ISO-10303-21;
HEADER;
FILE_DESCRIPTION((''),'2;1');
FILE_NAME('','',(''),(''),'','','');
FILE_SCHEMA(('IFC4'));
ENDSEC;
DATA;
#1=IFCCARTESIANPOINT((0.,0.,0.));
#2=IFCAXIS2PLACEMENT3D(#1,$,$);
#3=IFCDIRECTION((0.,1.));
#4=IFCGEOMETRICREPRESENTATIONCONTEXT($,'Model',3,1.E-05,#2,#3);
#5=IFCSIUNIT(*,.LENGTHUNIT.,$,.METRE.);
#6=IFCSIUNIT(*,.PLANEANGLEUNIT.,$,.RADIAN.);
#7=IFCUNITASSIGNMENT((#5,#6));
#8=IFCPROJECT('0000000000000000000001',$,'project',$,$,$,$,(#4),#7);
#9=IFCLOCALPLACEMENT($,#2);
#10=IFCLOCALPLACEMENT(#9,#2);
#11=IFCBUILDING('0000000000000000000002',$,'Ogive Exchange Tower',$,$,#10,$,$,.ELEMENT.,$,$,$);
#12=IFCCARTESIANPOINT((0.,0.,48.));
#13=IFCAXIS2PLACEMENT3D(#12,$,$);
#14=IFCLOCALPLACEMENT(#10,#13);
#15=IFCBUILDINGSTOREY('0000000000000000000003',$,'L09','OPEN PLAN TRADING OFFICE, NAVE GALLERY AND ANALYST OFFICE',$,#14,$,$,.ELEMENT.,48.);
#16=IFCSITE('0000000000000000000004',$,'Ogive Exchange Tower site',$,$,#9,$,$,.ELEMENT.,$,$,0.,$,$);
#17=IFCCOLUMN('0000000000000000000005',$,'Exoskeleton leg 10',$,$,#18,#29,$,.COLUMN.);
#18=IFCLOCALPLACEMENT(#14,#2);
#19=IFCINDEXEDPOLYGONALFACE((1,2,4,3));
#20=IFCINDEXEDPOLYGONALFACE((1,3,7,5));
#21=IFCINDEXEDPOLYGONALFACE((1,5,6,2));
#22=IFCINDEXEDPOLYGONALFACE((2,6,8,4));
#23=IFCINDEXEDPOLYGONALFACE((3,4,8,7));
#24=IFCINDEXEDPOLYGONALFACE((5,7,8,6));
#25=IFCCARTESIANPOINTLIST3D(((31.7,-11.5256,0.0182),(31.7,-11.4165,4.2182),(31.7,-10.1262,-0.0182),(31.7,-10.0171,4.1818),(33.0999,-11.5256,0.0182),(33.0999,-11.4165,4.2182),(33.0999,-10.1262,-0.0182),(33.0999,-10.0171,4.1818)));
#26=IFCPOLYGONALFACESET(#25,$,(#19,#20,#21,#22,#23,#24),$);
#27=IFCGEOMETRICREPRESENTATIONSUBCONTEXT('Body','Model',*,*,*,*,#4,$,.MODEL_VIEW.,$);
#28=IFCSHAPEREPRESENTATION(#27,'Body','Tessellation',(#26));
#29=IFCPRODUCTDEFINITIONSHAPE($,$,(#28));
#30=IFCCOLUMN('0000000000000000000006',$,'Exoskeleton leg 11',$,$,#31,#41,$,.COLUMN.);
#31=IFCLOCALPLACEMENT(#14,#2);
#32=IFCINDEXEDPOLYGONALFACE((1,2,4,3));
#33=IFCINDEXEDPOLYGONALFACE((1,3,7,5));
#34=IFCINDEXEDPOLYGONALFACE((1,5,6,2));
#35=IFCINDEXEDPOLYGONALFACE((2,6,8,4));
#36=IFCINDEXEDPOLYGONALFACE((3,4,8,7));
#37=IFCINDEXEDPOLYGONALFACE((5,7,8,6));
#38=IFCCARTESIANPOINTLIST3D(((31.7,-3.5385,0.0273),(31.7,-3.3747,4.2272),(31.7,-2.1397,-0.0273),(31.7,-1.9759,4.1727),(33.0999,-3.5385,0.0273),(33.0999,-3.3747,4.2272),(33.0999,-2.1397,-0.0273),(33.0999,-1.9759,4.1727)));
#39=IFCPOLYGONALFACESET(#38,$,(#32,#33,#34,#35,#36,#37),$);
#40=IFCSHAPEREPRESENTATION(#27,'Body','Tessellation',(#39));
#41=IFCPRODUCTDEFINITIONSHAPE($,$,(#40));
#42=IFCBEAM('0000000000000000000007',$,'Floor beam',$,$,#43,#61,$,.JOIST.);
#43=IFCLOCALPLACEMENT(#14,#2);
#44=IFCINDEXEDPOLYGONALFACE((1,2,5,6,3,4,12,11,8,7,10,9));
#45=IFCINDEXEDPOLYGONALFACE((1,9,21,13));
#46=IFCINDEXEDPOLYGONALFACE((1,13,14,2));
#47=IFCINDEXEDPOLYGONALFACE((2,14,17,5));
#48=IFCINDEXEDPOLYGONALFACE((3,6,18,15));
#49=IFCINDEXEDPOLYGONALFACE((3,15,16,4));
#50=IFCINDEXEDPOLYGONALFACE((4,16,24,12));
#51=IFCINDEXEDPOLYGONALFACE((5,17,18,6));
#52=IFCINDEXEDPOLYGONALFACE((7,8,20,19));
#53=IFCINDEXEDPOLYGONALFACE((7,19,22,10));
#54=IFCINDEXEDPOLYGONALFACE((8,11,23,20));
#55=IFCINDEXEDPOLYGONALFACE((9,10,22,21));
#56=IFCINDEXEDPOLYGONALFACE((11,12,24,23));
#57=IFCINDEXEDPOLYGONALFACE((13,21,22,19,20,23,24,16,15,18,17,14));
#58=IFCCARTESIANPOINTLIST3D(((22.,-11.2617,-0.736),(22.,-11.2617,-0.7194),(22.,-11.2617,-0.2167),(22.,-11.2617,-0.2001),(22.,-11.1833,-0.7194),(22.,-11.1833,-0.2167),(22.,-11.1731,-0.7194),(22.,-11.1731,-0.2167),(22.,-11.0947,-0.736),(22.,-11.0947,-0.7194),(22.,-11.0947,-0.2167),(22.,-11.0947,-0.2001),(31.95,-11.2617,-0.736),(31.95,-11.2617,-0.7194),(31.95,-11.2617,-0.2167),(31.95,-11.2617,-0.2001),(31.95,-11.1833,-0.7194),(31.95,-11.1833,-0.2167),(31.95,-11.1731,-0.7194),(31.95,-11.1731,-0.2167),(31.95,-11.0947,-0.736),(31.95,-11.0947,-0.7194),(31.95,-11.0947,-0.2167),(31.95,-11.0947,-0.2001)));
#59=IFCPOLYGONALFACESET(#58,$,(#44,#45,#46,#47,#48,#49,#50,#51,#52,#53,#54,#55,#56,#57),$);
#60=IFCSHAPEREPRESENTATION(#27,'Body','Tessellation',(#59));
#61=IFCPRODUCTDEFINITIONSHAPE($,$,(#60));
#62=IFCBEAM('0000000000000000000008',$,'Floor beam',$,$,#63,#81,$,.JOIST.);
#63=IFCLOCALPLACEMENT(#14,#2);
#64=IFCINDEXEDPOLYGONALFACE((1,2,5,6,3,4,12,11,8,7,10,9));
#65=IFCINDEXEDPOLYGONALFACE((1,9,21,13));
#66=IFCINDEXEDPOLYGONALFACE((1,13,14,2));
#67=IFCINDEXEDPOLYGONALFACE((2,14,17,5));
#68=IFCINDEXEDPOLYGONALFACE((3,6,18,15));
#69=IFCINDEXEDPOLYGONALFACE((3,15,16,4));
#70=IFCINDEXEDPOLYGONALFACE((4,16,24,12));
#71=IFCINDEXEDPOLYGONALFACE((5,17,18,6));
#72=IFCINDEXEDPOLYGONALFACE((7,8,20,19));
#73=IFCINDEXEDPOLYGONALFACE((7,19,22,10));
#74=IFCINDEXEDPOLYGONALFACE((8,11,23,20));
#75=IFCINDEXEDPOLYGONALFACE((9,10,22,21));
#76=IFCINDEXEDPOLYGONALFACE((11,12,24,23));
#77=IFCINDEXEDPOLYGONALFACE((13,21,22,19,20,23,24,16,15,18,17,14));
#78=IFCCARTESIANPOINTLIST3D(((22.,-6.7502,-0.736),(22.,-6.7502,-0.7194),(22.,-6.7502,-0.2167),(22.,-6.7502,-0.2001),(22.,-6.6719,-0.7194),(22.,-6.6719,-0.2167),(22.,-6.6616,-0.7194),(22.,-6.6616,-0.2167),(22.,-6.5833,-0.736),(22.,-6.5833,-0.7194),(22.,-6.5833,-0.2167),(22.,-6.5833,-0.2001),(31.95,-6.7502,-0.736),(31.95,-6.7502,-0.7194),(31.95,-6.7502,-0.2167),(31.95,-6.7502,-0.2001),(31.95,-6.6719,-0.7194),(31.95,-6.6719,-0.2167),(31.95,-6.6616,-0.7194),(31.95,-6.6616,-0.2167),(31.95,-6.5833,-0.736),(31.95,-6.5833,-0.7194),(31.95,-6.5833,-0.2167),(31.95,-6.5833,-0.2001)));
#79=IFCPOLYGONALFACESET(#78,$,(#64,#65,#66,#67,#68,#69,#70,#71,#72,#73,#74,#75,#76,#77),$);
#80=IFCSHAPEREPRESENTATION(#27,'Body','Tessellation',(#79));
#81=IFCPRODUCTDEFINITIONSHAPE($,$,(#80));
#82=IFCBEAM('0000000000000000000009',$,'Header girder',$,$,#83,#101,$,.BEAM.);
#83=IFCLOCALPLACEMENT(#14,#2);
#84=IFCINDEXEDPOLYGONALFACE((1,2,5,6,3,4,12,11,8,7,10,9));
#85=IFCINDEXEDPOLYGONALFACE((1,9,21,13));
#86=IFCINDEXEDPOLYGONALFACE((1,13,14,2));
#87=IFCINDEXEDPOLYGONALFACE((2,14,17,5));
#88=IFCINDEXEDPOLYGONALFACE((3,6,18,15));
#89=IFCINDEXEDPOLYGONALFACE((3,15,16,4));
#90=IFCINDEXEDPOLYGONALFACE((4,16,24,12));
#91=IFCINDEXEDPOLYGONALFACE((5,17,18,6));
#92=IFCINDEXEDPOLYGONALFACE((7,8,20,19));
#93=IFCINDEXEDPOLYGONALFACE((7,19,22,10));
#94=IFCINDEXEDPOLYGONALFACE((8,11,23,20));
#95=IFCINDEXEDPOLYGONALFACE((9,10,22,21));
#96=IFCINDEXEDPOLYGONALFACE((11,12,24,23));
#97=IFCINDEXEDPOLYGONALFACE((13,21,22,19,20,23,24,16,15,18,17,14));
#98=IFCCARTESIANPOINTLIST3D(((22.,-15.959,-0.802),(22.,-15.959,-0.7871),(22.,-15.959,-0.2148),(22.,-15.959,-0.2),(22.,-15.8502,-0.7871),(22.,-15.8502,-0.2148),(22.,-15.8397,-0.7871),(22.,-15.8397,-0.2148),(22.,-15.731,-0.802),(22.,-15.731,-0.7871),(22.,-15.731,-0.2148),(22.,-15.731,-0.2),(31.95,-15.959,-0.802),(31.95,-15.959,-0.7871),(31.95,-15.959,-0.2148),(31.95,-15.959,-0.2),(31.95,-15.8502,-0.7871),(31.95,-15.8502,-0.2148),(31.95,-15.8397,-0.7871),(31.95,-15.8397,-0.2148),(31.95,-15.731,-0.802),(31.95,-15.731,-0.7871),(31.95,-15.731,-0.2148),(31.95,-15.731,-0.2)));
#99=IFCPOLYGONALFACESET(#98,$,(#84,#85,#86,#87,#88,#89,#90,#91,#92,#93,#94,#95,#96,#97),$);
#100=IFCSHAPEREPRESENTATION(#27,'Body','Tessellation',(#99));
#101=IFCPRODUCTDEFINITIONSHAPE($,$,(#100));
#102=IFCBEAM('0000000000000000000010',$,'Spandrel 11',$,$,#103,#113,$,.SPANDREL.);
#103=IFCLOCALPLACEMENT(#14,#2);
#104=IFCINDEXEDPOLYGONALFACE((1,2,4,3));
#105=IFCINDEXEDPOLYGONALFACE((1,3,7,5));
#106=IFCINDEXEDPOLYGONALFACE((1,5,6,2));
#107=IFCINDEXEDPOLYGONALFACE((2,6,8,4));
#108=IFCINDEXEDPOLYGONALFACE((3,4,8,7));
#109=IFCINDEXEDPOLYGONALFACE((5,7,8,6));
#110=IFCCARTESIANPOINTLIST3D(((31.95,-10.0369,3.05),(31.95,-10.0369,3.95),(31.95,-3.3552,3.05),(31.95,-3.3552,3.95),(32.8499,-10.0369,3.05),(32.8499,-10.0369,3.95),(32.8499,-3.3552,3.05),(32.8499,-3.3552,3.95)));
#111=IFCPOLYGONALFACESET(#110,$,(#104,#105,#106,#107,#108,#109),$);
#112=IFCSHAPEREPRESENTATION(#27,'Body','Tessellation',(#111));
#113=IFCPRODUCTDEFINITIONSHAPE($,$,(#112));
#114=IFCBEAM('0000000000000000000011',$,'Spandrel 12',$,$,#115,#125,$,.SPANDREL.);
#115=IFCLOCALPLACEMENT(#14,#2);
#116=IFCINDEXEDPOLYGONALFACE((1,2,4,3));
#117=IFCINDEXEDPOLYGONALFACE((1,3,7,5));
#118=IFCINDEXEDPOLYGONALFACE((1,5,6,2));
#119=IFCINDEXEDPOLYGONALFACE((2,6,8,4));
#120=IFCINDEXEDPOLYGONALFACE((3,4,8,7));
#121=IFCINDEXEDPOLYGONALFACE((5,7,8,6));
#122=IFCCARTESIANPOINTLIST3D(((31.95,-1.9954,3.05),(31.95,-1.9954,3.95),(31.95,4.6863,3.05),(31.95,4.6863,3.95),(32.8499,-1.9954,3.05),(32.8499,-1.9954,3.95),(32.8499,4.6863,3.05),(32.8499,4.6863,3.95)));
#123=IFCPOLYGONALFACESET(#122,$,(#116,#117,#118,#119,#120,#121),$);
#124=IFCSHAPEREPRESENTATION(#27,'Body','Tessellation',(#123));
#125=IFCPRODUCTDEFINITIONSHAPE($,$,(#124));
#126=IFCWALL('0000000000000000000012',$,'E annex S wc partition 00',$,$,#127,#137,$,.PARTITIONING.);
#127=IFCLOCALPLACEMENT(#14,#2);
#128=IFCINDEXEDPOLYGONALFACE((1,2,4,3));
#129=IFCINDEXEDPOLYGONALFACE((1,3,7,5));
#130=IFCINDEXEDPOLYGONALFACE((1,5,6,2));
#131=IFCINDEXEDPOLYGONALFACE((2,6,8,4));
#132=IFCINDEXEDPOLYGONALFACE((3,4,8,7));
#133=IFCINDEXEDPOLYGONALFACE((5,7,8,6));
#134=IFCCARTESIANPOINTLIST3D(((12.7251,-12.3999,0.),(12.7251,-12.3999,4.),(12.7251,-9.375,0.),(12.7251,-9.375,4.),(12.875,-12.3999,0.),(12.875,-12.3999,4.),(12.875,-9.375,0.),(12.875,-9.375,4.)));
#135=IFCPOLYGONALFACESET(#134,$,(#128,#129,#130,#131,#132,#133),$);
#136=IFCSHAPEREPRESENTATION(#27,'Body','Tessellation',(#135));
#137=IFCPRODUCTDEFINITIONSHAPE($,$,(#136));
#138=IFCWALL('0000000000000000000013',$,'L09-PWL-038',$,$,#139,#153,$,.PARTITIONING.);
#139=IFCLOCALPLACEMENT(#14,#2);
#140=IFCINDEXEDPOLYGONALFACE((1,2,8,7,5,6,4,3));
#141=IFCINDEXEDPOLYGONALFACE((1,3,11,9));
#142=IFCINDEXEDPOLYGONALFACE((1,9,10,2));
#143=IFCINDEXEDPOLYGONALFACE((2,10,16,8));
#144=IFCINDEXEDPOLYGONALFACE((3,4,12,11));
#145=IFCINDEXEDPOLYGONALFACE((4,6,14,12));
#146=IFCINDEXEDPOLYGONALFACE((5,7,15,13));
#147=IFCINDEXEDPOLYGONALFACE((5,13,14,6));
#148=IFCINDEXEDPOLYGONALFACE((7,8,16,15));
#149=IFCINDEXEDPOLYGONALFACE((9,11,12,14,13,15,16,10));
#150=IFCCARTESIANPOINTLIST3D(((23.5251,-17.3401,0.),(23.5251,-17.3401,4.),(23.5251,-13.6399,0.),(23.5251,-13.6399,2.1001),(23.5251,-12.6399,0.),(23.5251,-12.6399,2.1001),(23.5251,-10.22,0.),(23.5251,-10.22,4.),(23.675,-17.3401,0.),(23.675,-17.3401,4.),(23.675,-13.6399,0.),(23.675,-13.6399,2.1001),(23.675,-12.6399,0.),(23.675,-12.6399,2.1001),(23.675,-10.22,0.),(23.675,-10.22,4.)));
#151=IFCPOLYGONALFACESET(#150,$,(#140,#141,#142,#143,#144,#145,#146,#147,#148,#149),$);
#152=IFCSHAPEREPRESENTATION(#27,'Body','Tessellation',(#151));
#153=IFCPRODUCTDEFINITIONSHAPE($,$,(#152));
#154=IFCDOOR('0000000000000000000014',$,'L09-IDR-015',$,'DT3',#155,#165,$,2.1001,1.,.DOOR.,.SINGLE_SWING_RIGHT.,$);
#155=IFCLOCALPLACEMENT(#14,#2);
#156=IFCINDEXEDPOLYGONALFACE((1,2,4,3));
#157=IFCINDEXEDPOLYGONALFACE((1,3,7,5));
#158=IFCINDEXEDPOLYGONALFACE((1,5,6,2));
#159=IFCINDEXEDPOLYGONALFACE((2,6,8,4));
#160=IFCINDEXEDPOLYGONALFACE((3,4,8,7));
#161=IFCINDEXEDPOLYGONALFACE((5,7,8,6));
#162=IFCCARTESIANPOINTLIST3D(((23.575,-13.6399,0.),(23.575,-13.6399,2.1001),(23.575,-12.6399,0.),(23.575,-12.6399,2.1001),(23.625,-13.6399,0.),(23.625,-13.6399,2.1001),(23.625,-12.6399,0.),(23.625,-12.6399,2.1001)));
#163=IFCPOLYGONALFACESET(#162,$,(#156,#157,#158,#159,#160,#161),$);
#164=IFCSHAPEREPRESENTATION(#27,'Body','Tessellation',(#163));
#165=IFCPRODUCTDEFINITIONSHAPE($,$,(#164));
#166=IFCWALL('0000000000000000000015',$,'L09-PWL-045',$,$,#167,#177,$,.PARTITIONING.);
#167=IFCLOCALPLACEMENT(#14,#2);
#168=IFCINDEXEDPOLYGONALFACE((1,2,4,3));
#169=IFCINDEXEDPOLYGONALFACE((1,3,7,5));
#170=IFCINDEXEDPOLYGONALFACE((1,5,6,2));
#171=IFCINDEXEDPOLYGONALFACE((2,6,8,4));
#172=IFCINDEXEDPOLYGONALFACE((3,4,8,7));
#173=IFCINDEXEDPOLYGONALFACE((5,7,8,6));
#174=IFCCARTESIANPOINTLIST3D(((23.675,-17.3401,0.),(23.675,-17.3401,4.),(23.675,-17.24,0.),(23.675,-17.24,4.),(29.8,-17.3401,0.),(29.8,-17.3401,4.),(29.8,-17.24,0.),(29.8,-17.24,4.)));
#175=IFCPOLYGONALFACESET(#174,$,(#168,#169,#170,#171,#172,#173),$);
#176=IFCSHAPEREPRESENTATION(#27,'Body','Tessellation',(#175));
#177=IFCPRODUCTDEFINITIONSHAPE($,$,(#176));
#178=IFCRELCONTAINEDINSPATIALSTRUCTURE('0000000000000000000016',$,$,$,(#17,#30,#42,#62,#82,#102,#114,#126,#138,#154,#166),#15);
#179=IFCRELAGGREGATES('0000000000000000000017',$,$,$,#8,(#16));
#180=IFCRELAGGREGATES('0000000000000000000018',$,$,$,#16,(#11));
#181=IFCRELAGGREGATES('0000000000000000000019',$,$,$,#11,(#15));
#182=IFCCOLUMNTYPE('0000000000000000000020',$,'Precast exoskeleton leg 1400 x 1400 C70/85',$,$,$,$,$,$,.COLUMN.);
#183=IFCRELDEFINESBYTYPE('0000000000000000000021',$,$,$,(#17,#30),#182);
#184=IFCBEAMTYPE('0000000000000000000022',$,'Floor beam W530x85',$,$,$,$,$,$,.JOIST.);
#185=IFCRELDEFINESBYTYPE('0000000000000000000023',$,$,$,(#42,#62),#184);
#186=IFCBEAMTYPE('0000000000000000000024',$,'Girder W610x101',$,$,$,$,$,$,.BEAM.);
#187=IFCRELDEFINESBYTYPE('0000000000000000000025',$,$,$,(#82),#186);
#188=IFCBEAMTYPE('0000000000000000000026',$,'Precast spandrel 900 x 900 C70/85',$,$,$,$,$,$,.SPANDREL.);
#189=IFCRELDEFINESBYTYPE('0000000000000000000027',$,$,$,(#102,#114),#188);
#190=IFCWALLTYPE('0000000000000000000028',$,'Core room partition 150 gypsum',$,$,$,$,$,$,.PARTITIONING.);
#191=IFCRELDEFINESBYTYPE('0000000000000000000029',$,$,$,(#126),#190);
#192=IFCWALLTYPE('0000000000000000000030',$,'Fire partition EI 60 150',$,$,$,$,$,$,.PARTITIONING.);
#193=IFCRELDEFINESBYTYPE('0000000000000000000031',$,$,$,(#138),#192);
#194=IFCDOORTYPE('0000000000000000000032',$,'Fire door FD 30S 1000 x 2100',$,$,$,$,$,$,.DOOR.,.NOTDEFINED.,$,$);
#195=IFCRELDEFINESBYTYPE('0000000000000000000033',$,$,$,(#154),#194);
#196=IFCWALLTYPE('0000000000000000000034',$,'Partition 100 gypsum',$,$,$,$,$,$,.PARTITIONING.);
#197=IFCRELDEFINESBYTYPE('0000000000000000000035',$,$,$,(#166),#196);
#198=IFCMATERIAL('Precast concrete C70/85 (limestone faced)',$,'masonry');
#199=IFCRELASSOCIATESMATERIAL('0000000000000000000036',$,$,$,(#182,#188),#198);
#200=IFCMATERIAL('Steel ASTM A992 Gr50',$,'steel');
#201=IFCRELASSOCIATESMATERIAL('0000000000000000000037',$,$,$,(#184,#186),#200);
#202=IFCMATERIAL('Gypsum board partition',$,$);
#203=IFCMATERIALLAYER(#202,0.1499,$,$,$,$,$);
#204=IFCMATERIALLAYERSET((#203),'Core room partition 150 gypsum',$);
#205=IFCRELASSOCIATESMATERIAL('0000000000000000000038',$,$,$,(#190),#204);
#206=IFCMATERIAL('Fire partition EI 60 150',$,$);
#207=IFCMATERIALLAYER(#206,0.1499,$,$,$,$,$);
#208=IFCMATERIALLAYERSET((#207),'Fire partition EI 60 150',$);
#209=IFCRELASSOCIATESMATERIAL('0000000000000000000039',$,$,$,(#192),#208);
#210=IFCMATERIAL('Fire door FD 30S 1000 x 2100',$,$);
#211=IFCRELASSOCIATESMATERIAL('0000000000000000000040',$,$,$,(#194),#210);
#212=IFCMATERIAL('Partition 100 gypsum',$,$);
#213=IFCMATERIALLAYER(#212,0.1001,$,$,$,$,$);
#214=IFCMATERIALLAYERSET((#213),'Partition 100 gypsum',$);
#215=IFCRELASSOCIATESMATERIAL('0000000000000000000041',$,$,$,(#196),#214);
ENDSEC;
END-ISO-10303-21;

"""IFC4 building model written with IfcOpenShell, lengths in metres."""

from ifc_helpers import new_model, si_unit, direction, frame, frame_2d, origin, origin_2d, place, context, subcontext, project, spatial, rectangle, i_section, extrude, material, layer, layer_set, material_profile, profile_set, type_object, element, fill, save


model = new_model("IFC4")

# Units and contexts
model_context = context("Model", 3, precision=1e-05, world=origin(), true_north=direction((0.0, 1.0)))
body_context = subcontext(model_context, "Body", "Model", "MODEL_VIEW")
ifc_project = project(units=[si_unit("LENGTHUNIT", "METRE"), si_unit("PLANEANGLEUNIT", "RADIAN")], contexts=[model_context])

# Site, building, storey
site_placement = place(None, origin())
site = spatial("IfcSite", under=ifc_project, at=site_placement, Name="Ogive Exchange Tower site", CompositionType="ELEMENT", RefElevation=0.0)
building_placement = place(site_placement, origin())
building = spatial("IfcBuilding", under=site, at=building_placement, Name="Ogive Exchange Tower", CompositionType="ELEMENT")
storey_placement = place(building_placement, frame((0.0, 0.0, 48.0)))
storey = spatial("IfcBuildingStorey", under=building, at=storey_placement, Name="L09", Description="OPEN PLAN TRADING OFFICE, NAVE GALLERY AND ANALYST OFFICE", CompositionType="ELEMENT", Elevation=48.0)

# Columns
ifc_material_1 = material(Name="Precast concrete C70/85 (limestone faced)", Category="masonry")
ifc_material_profile_1 = material_profile(ifc_material_1, rectangle(XDim=1.3999, YDim=1.3999, at=origin_2d()), Name="1400 x 1400")
ifc_profile_set_1 = profile_set([ifc_material_profile_1], Name="Precast concrete C70/85 (limestone faced)")
column_type = type_object("IfcColumnType", Name="Precast exoskeleton leg 1400 x 1400 C70/85", PredefinedType="COLUMN", material=ifc_profile_set_1)
column_1_placement = place(storey_placement, frame((32.3999, -10.8259, 0.0), z_axis=(0.0, 0.025975, 0.999663), x_axis=(-1.0, 0.0, 0.0)))
element("IfcColumn", 1, at=column_1_placement, inside=storey, type_object=column_type, Name="Exoskeleton leg 10", PredefinedType="COLUMN", context=body_context, shape_type="SweptSolid", body=[
    extrude(rectangle(XDim=1.3999, YDim=1.3999, at=origin_2d()), origin(), (0.0, 0.0, 1.0), 4.2014),
])
column_2_placement = place(storey_placement, frame((32.3999, -2.8391, 0.0), z_axis=(0.0, 0.038975, 0.99924), x_axis=(-1.0, 0.0, 0.0)))
element("IfcColumn", 2, at=column_2_placement, inside=storey, type_object=column_type, Name="Exoskeleton leg 11", PredefinedType="COLUMN", context=body_context, shape_type="SweptSolid", body=[
    extrude(rectangle(XDim=1.3999, YDim=1.3999, at=origin_2d()), origin(), (0.0, 0.0, 1.0), 4.2031),
])

# Beams
ifc_material_2 = material(Name="Steel ASTM A992 Gr50", Category="steel")
ifc_material_profile_2 = material_profile(ifc_material_2, i_section(OverallWidth=0.167, OverallDepth=0.5359, WebThickness=0.0103, FlangeThickness=0.0166, at=origin_2d()), Name="W530x85")
ifc_profile_set_2 = profile_set([ifc_material_profile_2], Name="Steel ASTM A992 Gr50")
beam_type_1 = type_object("IfcBeamType", Name="Floor beam W530x85", PredefinedType="JOIST", material=ifc_profile_set_2)
for number, where, z_axis, x_axis, name in (
    (3, (22.0, -11.1782, -0.468), (1.0, 0.0, 0.0), (0.0, 1.0, 0.0), "Floor beam"),
    (4, (22.0, -6.6667, -0.468), (1.0, 0.0, 0.0), (0.0, 1.0, 0.0), "Floor beam"),
):
    element("IfcBeam", number, at=place(storey_placement, frame(where, z_axis=z_axis, x_axis=x_axis)), inside=storey, type_object=beam_type_1, Name=name, PredefinedType="JOIST", context=body_context, shape_type="SweptSolid", body=[
        extrude(i_section(OverallWidth=0.167, OverallDepth=0.5359, WebThickness=0.0103, FlangeThickness=0.0166, at=origin_2d()), origin(), (0.0, 0.0, 1.0), 9.95),
    ])
ifc_material_profile_3 = material_profile(ifc_material_2, i_section(OverallWidth=0.228, OverallDepth=0.6021, WebThickness=0.0105, FlangeThickness=0.0149, at=origin_2d()), Name="W610x101")
ifc_profile_set_3 = profile_set([ifc_material_profile_3], Name="Steel ASTM A992 Gr50")
beam_type_2 = type_object("IfcBeamType", Name="Girder W610x101", PredefinedType="BEAM", material=ifc_profile_set_3)
beam_placement = place(storey_placement, frame((22.0, -15.845, -0.501), z_axis=(1.0, 0.0, 0.0), x_axis=(0.0, 1.0, 0.0)))
element("IfcBeam", 5, at=beam_placement, inside=storey, type_object=beam_type_2, Name="Header girder", PredefinedType="BEAM", context=body_context, shape_type="SweptSolid", body=[
    extrude(i_section(OverallWidth=0.228, OverallDepth=0.6021, WebThickness=0.0105, FlangeThickness=0.0149, at=origin_2d()), origin(), (0.0, 0.0, 1.0), 9.95),
])
ifc_material_profile_4 = material_profile(ifc_material_1, rectangle(XDim=0.8999, YDim=0.8999, at=origin_2d()), Name="900 x 900")
ifc_profile_set_4 = profile_set([ifc_material_profile_4], Name="Precast concrete C70/85 (limestone faced)")
beam_type_3 = type_object("IfcBeamType", Name="Precast spandrel 900 x 900 C70/85", PredefinedType="SPANDREL", material=ifc_profile_set_4)
for number, where, z_axis, x_axis, name in (
    (6, (32.3999, -10.0369, 3.5), (0.0, 1.0, 0.0), (-1.0, 0.0, 0.0), "Spandrel 11"),
    (7, (32.3999, -1.9954, 3.5), (0.0, 1.0, 0.0), (-1.0, 0.0, 0.0), "Spandrel 12"),
):
    element("IfcBeam", number, at=place(storey_placement, frame(where, z_axis=z_axis, x_axis=x_axis)), inside=storey, type_object=beam_type_3, Name=name, PredefinedType="SPANDREL", context=body_context, shape_type="SweptSolid", body=[
        extrude(rectangle(XDim=0.8999, YDim=0.8999, at=origin_2d()), origin(), (0.0, 0.0, 1.0), 6.6816),
    ])

# Wall
ifc_material_3 = material(Name="Gypsum board partition")
ifc_layer_1 = layer(ifc_material_3, 0.1499)
ifc_layer_set_1 = layer_set([ifc_layer_1], Name="Core room partition 150 gypsum")
wall_type_1 = type_object("IfcWallType", Name="Core room partition 150 gypsum", PredefinedType="PARTITIONING", material=ifc_layer_set_1)
wall_1_placement = place(storey_placement, frame((12.8, -12.3999, 0.0), z_axis=(0.0, 0.0, 1.0), x_axis=(0.0, 1.0, 0.0)))
element("IfcWall", 8, at=wall_1_placement, inside=storey, type_object=wall_type_1, Name="E annex S wc partition 00", PredefinedType="PARTITIONING", context=body_context, shape_type="SweptSolid", body=[
    extrude(rectangle(XDim=3.0249, YDim=0.1499, at=frame_2d((1.5125, 0.0))), origin(), (0.0, 0.0, 1.0), 4.0),
])

# Wall, opening, door
ifc_material_4 = material(Name="Fire partition EI 60 150")
ifc_layer_2 = layer(ifc_material_4, 0.1499)
ifc_layer_set_2 = layer_set([ifc_layer_2], Name="Fire partition EI 60 150")
wall_type_2 = type_object("IfcWallType", Name="Fire partition EI 60 150", PredefinedType="PARTITIONING", material=ifc_layer_set_2)
wall_2_placement = place(storey_placement, frame((23.6001, -10.22, 0.0), z_axis=(0.0, 0.0, 1.0), x_axis=(0.0, -1.0, 0.0)))
wall_2 = element("IfcWall", 9, at=wall_2_placement, inside=storey, type_object=wall_type_2, Name="L09-PWL-038", PredefinedType="PARTITIONING", context=body_context, shape_type="SweptSolid", body=[
    extrude(rectangle(XDim=7.1201, YDim=0.1499, at=frame_2d((3.5601, 0.0))), origin(), (0.0, 0.0, 1.0), 4.0),
])
opening_1_placement = place(wall_2_placement, frame((2.4199, 0.0, 0.0)))
opening_1 = element("IfcOpeningElement", 10, at=opening_1_placement, cuts=wall_2, PredefinedType="OPENING", context=body_context, shape_type="SweptSolid", body=[
    extrude(rectangle(XDim=1.0, YDim=2.1001, at=frame_2d((0.5, 1.05))), frame((0.0, 0.085, 0.0), z_axis=(0.0, -1.0, 0.0), x_axis=(1.0, 0.0, 0.0)), (0.0, 0.0, 1.0), 0.1699),
])
ifc_material_5 = material(Name="Fire door FD 30S 1000 x 2100")
door_type_1 = type_object("IfcDoorType", Name="Fire door FD 30S 1000 x 2100", OperationType="NOTDEFINED", PredefinedType="DOOR", material=ifc_material_5)
door_1_placement = place(opening_1_placement, origin())
door_1 = element("IfcDoor", 11, at=door_1_placement, inside=storey, type_object=door_type_1, Name="L09-IDR-015", ObjectType="DT3", OperationType="SINGLE_SWING_RIGHT", OverallHeight=2.1001, OverallWidth=1.0, PredefinedType="DOOR", context=body_context, shape_type="SweptSolid", body=[
    extrude(rectangle(XDim=1.0, YDim=2.1001, at=frame_2d((0.5, 1.05))), frame((0.0, 0.0249, 0.0), z_axis=(0.0, -1.0, 0.0), x_axis=(1.0, 0.0, 0.0)), (0.0, 0.0, 1.0), 0.05),
])
fill(opening_1, door_1)

# Wall
ifc_material_6 = material(Name="Partition 100 gypsum")
ifc_layer_3 = layer(ifc_material_6, 0.1001)
ifc_layer_set_3 = layer_set([ifc_layer_3], Name="Partition 100 gypsum")
wall_type_3 = type_object("IfcWallType", Name="Partition 100 gypsum", PredefinedType="PARTITIONING", material=ifc_layer_set_3)
for number, where, z_axis, x_axis, name in (
    (12, (29.8, -17.29, 0.0), (0.0, 0.0, 1.0), (-1.0, 0.0, 0.0), "L09-PWL-045"),
):
    element("IfcWall", number, at=place(storey_placement, frame(where, z_axis=z_axis, x_axis=x_axis)), inside=storey, type_object=wall_type_3, Name=name, PredefinedType="PARTITIONING", context=body_context, shape_type="SweptSolid", body=[
        extrude(rectangle(XDim=6.125, YDim=0.1001, at=frame_2d((3.0625, 0.0))), origin(), (0.0, 0.0, 1.0), 4.0),
    ])

save(model, "model.ifc")
